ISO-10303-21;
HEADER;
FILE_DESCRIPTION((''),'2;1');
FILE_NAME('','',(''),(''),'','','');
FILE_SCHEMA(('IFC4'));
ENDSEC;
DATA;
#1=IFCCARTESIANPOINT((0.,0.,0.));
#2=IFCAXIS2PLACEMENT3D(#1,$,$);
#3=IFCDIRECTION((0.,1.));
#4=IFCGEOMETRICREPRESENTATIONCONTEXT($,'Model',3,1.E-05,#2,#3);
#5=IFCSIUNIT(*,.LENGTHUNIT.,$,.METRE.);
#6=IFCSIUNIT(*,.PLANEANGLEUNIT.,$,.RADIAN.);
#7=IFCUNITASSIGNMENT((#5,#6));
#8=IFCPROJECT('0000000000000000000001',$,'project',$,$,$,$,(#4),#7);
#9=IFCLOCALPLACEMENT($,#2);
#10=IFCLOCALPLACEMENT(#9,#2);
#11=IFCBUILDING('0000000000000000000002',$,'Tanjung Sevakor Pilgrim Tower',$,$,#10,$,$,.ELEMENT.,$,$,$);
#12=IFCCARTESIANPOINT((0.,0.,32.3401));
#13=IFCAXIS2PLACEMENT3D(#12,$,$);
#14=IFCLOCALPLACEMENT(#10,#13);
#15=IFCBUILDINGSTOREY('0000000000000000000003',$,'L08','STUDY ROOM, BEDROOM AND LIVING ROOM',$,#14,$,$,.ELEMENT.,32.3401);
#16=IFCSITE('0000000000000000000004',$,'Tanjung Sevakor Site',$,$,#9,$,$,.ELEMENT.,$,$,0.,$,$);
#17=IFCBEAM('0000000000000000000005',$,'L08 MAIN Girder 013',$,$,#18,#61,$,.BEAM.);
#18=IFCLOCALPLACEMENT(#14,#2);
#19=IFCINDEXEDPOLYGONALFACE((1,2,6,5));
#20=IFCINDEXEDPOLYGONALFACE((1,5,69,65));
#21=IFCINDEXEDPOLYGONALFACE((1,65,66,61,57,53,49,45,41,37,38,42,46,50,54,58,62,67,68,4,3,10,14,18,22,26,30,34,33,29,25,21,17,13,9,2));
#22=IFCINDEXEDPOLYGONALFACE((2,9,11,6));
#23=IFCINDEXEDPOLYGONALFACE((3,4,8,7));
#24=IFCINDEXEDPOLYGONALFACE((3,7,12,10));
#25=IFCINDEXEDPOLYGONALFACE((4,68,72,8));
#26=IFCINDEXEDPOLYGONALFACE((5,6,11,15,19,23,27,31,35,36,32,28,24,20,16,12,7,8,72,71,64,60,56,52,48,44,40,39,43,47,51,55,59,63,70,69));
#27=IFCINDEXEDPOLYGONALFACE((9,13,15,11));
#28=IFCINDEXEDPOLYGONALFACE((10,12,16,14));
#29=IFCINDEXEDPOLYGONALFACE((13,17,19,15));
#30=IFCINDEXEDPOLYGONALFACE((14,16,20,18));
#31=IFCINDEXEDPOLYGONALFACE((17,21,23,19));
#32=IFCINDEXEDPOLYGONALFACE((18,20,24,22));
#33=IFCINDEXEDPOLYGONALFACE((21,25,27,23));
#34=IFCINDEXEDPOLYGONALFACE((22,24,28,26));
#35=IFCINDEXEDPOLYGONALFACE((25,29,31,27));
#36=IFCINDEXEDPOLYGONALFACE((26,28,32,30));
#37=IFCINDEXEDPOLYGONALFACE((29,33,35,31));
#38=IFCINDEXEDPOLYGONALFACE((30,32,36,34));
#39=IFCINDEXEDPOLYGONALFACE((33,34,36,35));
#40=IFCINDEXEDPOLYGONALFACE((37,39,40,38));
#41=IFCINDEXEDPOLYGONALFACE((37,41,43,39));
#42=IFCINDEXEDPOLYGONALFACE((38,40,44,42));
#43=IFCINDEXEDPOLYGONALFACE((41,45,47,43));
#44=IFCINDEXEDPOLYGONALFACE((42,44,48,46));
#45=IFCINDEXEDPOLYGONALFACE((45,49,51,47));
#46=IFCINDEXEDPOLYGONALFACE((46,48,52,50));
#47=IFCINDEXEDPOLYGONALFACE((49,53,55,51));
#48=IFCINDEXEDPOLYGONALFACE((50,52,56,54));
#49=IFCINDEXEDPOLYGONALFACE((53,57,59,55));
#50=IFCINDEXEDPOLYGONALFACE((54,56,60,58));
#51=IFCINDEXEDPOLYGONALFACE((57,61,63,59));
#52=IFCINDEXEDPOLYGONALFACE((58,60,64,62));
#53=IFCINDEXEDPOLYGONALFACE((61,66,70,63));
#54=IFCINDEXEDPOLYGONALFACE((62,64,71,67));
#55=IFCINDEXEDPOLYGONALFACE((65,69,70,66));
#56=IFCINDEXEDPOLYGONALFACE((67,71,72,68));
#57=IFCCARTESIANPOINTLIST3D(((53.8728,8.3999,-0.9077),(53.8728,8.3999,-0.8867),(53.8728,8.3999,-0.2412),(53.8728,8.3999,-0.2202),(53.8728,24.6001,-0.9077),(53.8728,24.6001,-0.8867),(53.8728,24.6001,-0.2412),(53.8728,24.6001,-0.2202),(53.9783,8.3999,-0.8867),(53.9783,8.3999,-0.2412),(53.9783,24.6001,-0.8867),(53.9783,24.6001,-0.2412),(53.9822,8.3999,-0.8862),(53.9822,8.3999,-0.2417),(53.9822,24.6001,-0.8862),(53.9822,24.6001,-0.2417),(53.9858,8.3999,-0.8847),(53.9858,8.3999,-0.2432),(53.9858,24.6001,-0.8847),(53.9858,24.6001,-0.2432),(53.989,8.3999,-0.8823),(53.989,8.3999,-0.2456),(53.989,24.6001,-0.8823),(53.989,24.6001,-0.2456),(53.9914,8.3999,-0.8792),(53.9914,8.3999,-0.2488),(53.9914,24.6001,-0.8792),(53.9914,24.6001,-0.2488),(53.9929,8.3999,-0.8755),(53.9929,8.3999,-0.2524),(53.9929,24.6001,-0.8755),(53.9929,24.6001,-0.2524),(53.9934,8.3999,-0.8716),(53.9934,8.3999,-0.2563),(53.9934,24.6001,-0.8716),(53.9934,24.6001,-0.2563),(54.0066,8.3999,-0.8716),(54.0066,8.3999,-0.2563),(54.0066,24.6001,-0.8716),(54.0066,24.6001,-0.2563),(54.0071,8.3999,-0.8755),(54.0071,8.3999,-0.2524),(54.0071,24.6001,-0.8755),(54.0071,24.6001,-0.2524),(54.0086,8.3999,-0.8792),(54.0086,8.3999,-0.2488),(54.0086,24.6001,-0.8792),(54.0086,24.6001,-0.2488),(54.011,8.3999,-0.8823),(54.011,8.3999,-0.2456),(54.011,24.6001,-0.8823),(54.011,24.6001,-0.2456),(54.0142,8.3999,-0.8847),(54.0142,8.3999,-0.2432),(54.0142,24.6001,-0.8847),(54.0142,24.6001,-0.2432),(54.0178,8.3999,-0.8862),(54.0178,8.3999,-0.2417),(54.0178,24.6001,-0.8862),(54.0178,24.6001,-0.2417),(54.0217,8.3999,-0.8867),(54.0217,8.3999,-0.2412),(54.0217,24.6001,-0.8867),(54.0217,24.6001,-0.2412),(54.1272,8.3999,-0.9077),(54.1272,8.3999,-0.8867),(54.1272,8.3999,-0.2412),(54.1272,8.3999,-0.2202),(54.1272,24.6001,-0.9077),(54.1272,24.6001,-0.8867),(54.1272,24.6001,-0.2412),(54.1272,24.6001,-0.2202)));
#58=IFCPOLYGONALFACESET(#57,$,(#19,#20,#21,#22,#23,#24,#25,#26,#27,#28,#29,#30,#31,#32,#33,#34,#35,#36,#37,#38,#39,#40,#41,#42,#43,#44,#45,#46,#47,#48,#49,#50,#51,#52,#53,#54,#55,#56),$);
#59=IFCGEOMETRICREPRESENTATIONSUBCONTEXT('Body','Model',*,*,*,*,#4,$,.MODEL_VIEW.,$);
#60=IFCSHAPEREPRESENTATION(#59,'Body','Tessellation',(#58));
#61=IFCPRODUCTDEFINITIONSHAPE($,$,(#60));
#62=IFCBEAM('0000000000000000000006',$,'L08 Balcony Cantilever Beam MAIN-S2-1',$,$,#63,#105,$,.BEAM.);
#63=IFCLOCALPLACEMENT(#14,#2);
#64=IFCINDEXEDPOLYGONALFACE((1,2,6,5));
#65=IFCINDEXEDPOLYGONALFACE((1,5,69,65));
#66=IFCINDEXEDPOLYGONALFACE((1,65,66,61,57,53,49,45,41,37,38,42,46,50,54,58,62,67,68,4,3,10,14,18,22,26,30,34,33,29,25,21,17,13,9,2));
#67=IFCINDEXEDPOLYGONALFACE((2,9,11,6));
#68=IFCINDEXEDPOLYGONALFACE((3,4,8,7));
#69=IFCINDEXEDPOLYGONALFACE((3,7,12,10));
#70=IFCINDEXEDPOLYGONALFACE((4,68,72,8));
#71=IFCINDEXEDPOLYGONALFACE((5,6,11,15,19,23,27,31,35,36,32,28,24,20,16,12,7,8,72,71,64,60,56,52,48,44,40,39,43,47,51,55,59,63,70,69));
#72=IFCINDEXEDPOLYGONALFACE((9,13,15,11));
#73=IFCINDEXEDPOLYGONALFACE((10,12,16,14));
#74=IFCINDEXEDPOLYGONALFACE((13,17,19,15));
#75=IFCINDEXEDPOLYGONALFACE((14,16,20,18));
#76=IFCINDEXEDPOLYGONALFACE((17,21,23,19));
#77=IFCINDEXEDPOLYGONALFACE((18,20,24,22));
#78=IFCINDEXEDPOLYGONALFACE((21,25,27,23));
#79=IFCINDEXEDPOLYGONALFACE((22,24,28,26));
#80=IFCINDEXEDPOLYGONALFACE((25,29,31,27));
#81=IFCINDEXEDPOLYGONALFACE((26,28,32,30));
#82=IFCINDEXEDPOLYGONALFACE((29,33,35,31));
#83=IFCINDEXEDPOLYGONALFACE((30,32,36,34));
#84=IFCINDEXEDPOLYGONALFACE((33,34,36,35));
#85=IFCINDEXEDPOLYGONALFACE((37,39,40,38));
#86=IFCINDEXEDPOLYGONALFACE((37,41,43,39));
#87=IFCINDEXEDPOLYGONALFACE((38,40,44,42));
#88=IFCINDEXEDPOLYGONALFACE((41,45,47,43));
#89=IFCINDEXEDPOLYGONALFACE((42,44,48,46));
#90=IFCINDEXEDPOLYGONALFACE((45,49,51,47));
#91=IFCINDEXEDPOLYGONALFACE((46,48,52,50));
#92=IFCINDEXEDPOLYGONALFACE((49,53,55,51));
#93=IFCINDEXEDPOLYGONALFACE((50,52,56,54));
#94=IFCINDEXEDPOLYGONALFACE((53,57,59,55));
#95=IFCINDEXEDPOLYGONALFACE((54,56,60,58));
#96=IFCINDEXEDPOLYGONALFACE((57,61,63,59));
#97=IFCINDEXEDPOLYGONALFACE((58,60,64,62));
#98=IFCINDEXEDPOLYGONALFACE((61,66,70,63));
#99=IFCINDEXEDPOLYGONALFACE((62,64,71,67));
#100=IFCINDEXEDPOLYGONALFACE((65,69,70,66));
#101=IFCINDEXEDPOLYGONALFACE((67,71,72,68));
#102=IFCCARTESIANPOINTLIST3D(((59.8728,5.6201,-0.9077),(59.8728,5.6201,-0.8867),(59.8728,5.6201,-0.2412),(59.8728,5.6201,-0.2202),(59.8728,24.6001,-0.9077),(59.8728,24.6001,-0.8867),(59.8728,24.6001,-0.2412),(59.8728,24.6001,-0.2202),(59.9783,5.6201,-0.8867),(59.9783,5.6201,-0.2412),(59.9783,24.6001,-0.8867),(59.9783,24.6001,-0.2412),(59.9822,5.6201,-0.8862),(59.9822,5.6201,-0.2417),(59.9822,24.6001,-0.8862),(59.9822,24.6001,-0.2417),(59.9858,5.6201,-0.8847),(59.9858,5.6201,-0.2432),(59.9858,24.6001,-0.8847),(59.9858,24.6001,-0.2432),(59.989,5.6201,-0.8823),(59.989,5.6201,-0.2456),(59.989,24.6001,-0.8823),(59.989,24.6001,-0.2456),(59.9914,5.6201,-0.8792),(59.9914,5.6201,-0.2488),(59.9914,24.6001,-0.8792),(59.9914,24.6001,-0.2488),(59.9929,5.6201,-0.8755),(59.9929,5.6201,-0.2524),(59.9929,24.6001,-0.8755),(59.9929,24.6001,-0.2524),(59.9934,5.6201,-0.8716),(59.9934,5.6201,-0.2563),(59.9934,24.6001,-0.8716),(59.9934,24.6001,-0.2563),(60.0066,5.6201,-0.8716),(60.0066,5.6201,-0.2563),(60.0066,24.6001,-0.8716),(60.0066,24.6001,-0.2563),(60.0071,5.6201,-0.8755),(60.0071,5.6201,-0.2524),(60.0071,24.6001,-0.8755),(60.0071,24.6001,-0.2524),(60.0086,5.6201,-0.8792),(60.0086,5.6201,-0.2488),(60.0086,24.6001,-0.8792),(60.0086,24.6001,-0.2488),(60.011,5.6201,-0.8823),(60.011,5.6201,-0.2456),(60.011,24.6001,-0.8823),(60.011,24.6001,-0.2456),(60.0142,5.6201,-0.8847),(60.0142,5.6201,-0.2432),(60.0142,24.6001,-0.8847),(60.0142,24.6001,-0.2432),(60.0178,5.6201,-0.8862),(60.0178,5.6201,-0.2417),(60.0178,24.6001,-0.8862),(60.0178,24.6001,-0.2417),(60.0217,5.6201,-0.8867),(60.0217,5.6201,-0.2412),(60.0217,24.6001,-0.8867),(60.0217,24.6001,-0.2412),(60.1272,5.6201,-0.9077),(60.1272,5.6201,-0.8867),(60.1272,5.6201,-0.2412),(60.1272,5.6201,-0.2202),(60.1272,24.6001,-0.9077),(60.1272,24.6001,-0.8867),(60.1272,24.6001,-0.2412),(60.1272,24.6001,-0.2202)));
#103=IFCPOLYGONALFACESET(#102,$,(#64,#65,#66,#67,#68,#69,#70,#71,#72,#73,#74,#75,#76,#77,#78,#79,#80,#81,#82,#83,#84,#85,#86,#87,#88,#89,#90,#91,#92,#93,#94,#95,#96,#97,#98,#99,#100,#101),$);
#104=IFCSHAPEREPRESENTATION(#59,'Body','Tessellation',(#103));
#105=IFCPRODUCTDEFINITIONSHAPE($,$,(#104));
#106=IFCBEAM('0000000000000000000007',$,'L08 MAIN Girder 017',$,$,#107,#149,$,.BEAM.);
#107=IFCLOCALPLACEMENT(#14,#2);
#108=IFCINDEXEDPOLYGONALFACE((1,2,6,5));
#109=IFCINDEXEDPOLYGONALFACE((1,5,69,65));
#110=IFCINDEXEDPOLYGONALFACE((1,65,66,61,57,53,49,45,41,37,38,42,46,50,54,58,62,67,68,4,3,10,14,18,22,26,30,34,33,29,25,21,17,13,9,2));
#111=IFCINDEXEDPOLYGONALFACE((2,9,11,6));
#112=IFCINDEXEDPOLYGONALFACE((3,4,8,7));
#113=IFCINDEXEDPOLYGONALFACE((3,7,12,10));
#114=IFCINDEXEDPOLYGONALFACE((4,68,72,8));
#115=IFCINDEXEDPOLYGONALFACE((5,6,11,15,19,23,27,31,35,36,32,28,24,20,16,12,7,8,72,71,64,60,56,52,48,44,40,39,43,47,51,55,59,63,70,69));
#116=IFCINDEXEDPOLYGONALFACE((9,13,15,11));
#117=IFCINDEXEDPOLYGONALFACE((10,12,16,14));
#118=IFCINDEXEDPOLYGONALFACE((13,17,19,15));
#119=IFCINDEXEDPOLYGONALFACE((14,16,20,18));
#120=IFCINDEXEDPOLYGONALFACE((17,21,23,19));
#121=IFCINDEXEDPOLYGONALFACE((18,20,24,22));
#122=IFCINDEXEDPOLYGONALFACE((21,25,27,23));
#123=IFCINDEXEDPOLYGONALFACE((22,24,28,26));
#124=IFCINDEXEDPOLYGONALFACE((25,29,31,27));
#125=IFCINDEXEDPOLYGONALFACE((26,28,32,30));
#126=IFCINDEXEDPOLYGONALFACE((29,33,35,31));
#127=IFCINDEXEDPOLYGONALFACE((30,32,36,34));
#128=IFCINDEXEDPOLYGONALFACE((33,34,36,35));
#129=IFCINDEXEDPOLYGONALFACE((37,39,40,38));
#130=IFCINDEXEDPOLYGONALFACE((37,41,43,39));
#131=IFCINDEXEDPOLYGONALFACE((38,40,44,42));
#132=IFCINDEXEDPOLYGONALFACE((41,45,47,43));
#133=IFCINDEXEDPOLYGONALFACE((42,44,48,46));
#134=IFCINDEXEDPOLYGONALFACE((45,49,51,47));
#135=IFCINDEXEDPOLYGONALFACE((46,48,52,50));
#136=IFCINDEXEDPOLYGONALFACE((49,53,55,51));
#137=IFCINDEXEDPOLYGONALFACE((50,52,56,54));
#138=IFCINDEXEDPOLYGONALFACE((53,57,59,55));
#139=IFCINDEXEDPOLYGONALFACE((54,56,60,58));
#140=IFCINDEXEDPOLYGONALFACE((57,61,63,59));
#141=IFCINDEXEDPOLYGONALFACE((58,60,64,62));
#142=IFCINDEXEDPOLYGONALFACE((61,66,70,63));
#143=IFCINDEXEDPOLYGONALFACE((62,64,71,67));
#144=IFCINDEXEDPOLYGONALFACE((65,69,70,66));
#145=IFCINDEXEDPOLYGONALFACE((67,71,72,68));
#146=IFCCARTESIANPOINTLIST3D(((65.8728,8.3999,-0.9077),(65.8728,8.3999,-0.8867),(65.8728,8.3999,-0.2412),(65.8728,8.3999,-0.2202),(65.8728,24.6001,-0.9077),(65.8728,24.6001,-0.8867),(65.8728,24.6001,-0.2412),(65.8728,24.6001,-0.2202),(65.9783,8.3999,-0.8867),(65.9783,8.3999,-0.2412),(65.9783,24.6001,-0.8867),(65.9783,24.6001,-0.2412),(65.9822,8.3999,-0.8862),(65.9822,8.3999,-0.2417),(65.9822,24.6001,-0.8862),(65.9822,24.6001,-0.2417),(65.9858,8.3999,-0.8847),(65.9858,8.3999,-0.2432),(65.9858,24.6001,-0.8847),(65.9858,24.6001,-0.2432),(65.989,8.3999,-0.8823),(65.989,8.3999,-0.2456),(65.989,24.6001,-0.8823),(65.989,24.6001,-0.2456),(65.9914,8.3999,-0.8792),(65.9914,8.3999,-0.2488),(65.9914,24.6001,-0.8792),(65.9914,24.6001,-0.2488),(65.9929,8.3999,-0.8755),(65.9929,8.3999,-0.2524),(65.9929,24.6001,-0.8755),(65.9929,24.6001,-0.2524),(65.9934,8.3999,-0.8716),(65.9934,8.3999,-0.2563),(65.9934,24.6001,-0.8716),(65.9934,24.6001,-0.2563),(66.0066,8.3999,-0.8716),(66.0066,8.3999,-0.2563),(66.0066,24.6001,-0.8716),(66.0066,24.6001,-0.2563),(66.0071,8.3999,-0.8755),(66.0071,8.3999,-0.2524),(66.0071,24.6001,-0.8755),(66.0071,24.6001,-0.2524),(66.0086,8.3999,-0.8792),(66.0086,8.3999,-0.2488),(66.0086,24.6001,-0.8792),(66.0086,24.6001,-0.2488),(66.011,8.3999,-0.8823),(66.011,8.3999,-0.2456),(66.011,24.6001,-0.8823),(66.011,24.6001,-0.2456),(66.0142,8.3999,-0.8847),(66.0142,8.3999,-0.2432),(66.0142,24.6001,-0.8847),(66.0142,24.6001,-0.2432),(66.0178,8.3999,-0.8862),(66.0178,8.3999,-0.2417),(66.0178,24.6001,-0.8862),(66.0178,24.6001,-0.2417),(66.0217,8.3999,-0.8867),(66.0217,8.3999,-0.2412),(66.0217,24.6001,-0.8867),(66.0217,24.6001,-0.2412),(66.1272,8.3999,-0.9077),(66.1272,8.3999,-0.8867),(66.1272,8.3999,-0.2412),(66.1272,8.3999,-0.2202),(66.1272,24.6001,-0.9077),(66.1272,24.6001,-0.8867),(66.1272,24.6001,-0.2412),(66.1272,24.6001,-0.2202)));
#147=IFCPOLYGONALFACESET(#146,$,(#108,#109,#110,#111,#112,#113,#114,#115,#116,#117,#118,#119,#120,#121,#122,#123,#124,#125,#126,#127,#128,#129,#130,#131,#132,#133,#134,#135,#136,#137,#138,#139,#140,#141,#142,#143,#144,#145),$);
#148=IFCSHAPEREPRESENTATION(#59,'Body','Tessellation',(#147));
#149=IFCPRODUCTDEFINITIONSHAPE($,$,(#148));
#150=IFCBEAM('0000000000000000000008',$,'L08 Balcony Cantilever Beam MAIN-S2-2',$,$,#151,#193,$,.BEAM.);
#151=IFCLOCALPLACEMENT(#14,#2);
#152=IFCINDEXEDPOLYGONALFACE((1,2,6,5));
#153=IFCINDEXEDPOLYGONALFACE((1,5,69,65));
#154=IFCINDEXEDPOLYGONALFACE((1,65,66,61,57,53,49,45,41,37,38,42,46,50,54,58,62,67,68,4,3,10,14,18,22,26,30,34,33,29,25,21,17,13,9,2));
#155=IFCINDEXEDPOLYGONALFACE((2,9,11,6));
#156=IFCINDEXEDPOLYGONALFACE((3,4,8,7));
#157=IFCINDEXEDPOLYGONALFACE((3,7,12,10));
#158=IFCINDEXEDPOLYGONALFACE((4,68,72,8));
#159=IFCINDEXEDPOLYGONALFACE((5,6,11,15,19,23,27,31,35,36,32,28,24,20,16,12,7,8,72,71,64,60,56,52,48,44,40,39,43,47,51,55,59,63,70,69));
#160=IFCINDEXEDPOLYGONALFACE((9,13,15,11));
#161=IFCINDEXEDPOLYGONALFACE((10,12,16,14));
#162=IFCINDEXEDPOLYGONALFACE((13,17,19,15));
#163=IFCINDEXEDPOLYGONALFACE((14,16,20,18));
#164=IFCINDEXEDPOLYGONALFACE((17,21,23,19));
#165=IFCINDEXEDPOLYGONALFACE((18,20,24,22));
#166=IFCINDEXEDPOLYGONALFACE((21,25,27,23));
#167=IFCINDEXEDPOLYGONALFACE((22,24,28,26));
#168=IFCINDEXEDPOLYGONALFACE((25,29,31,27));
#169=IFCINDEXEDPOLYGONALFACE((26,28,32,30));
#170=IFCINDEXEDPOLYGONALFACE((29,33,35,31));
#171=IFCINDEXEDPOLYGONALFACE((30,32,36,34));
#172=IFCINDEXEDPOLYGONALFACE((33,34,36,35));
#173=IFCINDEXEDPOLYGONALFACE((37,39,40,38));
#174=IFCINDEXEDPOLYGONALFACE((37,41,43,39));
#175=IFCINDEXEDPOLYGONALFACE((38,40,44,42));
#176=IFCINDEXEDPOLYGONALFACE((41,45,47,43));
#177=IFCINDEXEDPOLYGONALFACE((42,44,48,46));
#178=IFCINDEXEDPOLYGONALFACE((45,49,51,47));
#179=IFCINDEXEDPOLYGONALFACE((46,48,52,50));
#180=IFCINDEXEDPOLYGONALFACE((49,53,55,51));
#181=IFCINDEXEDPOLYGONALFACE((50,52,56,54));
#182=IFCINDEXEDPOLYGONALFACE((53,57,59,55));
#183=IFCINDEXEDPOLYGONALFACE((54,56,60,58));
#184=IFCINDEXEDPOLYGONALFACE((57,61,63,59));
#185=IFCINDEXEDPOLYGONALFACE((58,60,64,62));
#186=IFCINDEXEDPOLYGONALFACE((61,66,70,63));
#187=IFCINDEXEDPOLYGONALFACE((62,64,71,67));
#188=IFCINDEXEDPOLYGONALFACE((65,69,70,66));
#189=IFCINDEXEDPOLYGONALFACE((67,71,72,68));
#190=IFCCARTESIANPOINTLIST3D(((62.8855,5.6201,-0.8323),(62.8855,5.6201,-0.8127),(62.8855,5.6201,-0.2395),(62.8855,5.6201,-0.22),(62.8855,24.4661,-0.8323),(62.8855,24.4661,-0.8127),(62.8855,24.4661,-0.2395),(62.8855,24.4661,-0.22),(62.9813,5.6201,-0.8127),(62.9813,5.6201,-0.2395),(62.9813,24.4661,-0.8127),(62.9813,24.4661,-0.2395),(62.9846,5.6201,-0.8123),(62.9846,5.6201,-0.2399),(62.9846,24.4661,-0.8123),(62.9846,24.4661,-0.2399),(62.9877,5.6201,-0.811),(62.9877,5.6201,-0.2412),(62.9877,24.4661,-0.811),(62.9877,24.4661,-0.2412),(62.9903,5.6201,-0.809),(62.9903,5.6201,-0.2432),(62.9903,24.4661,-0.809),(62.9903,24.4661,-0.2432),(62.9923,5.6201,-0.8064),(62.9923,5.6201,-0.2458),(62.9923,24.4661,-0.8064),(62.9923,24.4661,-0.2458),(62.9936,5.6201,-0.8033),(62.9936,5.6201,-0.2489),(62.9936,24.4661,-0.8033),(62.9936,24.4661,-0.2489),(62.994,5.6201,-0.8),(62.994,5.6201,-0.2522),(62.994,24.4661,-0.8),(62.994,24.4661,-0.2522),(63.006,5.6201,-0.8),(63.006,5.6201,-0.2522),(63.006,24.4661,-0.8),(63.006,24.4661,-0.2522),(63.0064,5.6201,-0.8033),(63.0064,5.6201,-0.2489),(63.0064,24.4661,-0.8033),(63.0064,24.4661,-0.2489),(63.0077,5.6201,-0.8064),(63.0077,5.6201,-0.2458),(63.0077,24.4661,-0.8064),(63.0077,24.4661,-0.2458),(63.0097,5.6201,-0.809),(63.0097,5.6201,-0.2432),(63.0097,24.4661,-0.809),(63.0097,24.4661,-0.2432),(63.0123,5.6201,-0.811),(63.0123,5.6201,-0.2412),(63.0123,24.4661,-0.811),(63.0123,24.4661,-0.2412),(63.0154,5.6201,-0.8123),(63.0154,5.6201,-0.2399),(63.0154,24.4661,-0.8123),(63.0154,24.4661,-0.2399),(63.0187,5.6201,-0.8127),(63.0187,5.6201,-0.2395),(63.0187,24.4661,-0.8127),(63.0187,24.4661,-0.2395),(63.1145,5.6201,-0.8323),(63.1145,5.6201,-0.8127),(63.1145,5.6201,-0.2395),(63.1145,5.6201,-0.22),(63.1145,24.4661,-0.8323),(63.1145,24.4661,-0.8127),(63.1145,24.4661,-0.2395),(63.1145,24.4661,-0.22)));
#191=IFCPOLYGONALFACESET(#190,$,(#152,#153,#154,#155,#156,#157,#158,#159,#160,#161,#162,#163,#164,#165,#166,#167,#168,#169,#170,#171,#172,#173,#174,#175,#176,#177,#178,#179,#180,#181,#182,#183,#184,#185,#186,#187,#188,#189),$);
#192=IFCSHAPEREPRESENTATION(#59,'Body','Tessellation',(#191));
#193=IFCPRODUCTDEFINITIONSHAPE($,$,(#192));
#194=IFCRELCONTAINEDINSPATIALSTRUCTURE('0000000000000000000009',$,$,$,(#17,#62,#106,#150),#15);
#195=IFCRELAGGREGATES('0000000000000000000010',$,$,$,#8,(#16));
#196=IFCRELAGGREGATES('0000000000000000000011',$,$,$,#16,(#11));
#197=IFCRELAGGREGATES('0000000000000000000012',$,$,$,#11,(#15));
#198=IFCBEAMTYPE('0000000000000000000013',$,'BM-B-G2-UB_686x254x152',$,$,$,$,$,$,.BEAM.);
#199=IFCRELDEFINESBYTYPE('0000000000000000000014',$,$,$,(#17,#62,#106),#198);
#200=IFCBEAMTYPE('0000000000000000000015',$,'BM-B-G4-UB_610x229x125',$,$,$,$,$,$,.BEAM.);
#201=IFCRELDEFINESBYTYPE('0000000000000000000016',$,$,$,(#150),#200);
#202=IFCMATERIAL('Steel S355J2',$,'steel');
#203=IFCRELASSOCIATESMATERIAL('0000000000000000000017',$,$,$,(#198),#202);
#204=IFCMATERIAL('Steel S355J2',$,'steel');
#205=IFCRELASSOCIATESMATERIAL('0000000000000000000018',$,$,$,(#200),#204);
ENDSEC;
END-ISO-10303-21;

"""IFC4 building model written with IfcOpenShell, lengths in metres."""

from ifc_helpers import new_model, si_unit, direction, frame, origin, origin_2d, place, context, subcontext, project, spatial, i_section, extrude, material, material_profile, profile_set, type_object, element, save


model = new_model("IFC4")

# Units and contexts
model_context = context("Model", 3, precision=1e-05, world=origin(), true_north=direction((0.0, 1.0)))
body_context = subcontext(model_context, "Body", "Model", "MODEL_VIEW")
ifc_project = project(units=[si_unit("LENGTHUNIT", "METRE"), si_unit("PLANEANGLEUNIT", "RADIAN")], contexts=[model_context])

# Site, building, storey
site_placement = place(None, origin())
site = spatial("IfcSite", under=ifc_project, at=site_placement, Name="Tanjung Sevakor Site", CompositionType="ELEMENT", RefElevation=0.0)
building_placement = place(site_placement, origin())
building = spatial("IfcBuilding", under=site, at=building_placement, Name="Tanjung Sevakor Pilgrim Tower", CompositionType="ELEMENT")
storey_placement = place(building_placement, frame((0.0, 0.0, 32.3401)))
storey = spatial("IfcBuildingStorey", under=building, at=storey_placement, Name="L08", Description="STUDY ROOM, BEDROOM AND LIVING ROOM", CompositionType="ELEMENT", Elevation=32.3401)

# Beams
ifc_material_1 = material(Name="Steel S355J2", Category="steel")
ifc_material_profile_1 = material_profile(ifc_material_1, i_section(OverallWidth=0.2544, OverallDepth=0.6875, WebThickness=0.0132, FlangeThickness=0.021, FilletRadius=0.0151, at=origin_2d()))
ifc_profile_set_1 = profile_set([ifc_material_profile_1], Name="Steel S355J2")
beam_type_1 = type_object("IfcBeamType", Name="BM-B-G2-UB_686x254x152", PredefinedType="BEAM", material=ifc_profile_set_1)
beam_1_placement = place(storey_placement, frame((54.0, 8.3999, -0.564), z_axis=(0.0, 1.0, 0.0), x_axis=(-1.0, 0.0, 0.0)))
element("IfcBeam", 1, at=beam_1_placement, inside=storey, type_object=beam_type_1, Name="L08 MAIN Girder 013", PredefinedType="BEAM", context=body_context, shape_type="SweptSolid", body=[
    extrude(i_section(OverallWidth=0.2544, OverallDepth=0.6875, WebThickness=0.0132, FlangeThickness=0.021, FilletRadius=0.0151, at=origin_2d()), origin(), (0.0, 0.0, 1.0), 16.2002),
])
beam_2_placement = place(storey_placement, frame((60.0, 24.6001, -0.564), z_axis=(0.0, -1.0, 0.0), x_axis=(1.0, 0.0, 0.0)))
element("IfcBeam", 2, at=beam_2_placement, inside=storey, type_object=beam_type_1, Name="L08 Balcony Cantilever Beam MAIN-S2-1", PredefinedType="BEAM", context=body_context, shape_type="SweptSolid", body=[
    extrude(i_section(OverallWidth=0.2544, OverallDepth=0.6875, WebThickness=0.0132, FlangeThickness=0.021, FilletRadius=0.0151, at=origin_2d()), origin(), (0.0, 0.0, 1.0), 18.98),
])
beam_3_placement = place(storey_placement, frame((66.0, 8.3999, -0.564), z_axis=(0.0, 1.0, 0.0), x_axis=(-1.0, 0.0, 0.0)))
element("IfcBeam", 3, at=beam_3_placement, inside=storey, type_object=beam_type_1, Name="L08 MAIN Girder 017", PredefinedType="BEAM", context=body_context, shape_type="SweptSolid", body=[
    extrude(i_section(OverallWidth=0.2544, OverallDepth=0.6875, WebThickness=0.0132, FlangeThickness=0.021, FilletRadius=0.0151, at=origin_2d()), origin(), (0.0, 0.0, 1.0), 16.2002),
])
ifc_material_2 = material(Name="Steel S355J2", Category="steel")
ifc_material_profile_2 = material_profile(ifc_material_2, i_section(OverallWidth=0.229, OverallDepth=0.6123, WebThickness=0.012, FlangeThickness=0.0195, FilletRadius=0.0127, at=origin_2d()))
ifc_profile_set_2 = profile_set([ifc_material_profile_2], Name="Steel S355J2")
beam_type_2 = type_object("IfcBeamType", Name="BM-B-G4-UB_610x229x125", PredefinedType="BEAM", material=ifc_profile_set_2)
beam_4_placement = place(storey_placement, frame((63.0, 24.4661, -0.5261), z_axis=(0.0, -1.0, 0.0), x_axis=(1.0, 0.0, 0.0)))
element("IfcBeam", 4, at=beam_4_placement, inside=storey, type_object=beam_type_2, Name="L08 Balcony Cantilever Beam MAIN-S2-2", PredefinedType="BEAM", context=body_context, shape_type="SweptSolid", body=[
    extrude(i_section(OverallWidth=0.229, OverallDepth=0.6123, WebThickness=0.012, FlangeThickness=0.0195, FilletRadius=0.0127, at=origin_2d()), origin(), (0.0, 0.0, 1.0), 18.8459),
])

save(model, "model.ifc")
